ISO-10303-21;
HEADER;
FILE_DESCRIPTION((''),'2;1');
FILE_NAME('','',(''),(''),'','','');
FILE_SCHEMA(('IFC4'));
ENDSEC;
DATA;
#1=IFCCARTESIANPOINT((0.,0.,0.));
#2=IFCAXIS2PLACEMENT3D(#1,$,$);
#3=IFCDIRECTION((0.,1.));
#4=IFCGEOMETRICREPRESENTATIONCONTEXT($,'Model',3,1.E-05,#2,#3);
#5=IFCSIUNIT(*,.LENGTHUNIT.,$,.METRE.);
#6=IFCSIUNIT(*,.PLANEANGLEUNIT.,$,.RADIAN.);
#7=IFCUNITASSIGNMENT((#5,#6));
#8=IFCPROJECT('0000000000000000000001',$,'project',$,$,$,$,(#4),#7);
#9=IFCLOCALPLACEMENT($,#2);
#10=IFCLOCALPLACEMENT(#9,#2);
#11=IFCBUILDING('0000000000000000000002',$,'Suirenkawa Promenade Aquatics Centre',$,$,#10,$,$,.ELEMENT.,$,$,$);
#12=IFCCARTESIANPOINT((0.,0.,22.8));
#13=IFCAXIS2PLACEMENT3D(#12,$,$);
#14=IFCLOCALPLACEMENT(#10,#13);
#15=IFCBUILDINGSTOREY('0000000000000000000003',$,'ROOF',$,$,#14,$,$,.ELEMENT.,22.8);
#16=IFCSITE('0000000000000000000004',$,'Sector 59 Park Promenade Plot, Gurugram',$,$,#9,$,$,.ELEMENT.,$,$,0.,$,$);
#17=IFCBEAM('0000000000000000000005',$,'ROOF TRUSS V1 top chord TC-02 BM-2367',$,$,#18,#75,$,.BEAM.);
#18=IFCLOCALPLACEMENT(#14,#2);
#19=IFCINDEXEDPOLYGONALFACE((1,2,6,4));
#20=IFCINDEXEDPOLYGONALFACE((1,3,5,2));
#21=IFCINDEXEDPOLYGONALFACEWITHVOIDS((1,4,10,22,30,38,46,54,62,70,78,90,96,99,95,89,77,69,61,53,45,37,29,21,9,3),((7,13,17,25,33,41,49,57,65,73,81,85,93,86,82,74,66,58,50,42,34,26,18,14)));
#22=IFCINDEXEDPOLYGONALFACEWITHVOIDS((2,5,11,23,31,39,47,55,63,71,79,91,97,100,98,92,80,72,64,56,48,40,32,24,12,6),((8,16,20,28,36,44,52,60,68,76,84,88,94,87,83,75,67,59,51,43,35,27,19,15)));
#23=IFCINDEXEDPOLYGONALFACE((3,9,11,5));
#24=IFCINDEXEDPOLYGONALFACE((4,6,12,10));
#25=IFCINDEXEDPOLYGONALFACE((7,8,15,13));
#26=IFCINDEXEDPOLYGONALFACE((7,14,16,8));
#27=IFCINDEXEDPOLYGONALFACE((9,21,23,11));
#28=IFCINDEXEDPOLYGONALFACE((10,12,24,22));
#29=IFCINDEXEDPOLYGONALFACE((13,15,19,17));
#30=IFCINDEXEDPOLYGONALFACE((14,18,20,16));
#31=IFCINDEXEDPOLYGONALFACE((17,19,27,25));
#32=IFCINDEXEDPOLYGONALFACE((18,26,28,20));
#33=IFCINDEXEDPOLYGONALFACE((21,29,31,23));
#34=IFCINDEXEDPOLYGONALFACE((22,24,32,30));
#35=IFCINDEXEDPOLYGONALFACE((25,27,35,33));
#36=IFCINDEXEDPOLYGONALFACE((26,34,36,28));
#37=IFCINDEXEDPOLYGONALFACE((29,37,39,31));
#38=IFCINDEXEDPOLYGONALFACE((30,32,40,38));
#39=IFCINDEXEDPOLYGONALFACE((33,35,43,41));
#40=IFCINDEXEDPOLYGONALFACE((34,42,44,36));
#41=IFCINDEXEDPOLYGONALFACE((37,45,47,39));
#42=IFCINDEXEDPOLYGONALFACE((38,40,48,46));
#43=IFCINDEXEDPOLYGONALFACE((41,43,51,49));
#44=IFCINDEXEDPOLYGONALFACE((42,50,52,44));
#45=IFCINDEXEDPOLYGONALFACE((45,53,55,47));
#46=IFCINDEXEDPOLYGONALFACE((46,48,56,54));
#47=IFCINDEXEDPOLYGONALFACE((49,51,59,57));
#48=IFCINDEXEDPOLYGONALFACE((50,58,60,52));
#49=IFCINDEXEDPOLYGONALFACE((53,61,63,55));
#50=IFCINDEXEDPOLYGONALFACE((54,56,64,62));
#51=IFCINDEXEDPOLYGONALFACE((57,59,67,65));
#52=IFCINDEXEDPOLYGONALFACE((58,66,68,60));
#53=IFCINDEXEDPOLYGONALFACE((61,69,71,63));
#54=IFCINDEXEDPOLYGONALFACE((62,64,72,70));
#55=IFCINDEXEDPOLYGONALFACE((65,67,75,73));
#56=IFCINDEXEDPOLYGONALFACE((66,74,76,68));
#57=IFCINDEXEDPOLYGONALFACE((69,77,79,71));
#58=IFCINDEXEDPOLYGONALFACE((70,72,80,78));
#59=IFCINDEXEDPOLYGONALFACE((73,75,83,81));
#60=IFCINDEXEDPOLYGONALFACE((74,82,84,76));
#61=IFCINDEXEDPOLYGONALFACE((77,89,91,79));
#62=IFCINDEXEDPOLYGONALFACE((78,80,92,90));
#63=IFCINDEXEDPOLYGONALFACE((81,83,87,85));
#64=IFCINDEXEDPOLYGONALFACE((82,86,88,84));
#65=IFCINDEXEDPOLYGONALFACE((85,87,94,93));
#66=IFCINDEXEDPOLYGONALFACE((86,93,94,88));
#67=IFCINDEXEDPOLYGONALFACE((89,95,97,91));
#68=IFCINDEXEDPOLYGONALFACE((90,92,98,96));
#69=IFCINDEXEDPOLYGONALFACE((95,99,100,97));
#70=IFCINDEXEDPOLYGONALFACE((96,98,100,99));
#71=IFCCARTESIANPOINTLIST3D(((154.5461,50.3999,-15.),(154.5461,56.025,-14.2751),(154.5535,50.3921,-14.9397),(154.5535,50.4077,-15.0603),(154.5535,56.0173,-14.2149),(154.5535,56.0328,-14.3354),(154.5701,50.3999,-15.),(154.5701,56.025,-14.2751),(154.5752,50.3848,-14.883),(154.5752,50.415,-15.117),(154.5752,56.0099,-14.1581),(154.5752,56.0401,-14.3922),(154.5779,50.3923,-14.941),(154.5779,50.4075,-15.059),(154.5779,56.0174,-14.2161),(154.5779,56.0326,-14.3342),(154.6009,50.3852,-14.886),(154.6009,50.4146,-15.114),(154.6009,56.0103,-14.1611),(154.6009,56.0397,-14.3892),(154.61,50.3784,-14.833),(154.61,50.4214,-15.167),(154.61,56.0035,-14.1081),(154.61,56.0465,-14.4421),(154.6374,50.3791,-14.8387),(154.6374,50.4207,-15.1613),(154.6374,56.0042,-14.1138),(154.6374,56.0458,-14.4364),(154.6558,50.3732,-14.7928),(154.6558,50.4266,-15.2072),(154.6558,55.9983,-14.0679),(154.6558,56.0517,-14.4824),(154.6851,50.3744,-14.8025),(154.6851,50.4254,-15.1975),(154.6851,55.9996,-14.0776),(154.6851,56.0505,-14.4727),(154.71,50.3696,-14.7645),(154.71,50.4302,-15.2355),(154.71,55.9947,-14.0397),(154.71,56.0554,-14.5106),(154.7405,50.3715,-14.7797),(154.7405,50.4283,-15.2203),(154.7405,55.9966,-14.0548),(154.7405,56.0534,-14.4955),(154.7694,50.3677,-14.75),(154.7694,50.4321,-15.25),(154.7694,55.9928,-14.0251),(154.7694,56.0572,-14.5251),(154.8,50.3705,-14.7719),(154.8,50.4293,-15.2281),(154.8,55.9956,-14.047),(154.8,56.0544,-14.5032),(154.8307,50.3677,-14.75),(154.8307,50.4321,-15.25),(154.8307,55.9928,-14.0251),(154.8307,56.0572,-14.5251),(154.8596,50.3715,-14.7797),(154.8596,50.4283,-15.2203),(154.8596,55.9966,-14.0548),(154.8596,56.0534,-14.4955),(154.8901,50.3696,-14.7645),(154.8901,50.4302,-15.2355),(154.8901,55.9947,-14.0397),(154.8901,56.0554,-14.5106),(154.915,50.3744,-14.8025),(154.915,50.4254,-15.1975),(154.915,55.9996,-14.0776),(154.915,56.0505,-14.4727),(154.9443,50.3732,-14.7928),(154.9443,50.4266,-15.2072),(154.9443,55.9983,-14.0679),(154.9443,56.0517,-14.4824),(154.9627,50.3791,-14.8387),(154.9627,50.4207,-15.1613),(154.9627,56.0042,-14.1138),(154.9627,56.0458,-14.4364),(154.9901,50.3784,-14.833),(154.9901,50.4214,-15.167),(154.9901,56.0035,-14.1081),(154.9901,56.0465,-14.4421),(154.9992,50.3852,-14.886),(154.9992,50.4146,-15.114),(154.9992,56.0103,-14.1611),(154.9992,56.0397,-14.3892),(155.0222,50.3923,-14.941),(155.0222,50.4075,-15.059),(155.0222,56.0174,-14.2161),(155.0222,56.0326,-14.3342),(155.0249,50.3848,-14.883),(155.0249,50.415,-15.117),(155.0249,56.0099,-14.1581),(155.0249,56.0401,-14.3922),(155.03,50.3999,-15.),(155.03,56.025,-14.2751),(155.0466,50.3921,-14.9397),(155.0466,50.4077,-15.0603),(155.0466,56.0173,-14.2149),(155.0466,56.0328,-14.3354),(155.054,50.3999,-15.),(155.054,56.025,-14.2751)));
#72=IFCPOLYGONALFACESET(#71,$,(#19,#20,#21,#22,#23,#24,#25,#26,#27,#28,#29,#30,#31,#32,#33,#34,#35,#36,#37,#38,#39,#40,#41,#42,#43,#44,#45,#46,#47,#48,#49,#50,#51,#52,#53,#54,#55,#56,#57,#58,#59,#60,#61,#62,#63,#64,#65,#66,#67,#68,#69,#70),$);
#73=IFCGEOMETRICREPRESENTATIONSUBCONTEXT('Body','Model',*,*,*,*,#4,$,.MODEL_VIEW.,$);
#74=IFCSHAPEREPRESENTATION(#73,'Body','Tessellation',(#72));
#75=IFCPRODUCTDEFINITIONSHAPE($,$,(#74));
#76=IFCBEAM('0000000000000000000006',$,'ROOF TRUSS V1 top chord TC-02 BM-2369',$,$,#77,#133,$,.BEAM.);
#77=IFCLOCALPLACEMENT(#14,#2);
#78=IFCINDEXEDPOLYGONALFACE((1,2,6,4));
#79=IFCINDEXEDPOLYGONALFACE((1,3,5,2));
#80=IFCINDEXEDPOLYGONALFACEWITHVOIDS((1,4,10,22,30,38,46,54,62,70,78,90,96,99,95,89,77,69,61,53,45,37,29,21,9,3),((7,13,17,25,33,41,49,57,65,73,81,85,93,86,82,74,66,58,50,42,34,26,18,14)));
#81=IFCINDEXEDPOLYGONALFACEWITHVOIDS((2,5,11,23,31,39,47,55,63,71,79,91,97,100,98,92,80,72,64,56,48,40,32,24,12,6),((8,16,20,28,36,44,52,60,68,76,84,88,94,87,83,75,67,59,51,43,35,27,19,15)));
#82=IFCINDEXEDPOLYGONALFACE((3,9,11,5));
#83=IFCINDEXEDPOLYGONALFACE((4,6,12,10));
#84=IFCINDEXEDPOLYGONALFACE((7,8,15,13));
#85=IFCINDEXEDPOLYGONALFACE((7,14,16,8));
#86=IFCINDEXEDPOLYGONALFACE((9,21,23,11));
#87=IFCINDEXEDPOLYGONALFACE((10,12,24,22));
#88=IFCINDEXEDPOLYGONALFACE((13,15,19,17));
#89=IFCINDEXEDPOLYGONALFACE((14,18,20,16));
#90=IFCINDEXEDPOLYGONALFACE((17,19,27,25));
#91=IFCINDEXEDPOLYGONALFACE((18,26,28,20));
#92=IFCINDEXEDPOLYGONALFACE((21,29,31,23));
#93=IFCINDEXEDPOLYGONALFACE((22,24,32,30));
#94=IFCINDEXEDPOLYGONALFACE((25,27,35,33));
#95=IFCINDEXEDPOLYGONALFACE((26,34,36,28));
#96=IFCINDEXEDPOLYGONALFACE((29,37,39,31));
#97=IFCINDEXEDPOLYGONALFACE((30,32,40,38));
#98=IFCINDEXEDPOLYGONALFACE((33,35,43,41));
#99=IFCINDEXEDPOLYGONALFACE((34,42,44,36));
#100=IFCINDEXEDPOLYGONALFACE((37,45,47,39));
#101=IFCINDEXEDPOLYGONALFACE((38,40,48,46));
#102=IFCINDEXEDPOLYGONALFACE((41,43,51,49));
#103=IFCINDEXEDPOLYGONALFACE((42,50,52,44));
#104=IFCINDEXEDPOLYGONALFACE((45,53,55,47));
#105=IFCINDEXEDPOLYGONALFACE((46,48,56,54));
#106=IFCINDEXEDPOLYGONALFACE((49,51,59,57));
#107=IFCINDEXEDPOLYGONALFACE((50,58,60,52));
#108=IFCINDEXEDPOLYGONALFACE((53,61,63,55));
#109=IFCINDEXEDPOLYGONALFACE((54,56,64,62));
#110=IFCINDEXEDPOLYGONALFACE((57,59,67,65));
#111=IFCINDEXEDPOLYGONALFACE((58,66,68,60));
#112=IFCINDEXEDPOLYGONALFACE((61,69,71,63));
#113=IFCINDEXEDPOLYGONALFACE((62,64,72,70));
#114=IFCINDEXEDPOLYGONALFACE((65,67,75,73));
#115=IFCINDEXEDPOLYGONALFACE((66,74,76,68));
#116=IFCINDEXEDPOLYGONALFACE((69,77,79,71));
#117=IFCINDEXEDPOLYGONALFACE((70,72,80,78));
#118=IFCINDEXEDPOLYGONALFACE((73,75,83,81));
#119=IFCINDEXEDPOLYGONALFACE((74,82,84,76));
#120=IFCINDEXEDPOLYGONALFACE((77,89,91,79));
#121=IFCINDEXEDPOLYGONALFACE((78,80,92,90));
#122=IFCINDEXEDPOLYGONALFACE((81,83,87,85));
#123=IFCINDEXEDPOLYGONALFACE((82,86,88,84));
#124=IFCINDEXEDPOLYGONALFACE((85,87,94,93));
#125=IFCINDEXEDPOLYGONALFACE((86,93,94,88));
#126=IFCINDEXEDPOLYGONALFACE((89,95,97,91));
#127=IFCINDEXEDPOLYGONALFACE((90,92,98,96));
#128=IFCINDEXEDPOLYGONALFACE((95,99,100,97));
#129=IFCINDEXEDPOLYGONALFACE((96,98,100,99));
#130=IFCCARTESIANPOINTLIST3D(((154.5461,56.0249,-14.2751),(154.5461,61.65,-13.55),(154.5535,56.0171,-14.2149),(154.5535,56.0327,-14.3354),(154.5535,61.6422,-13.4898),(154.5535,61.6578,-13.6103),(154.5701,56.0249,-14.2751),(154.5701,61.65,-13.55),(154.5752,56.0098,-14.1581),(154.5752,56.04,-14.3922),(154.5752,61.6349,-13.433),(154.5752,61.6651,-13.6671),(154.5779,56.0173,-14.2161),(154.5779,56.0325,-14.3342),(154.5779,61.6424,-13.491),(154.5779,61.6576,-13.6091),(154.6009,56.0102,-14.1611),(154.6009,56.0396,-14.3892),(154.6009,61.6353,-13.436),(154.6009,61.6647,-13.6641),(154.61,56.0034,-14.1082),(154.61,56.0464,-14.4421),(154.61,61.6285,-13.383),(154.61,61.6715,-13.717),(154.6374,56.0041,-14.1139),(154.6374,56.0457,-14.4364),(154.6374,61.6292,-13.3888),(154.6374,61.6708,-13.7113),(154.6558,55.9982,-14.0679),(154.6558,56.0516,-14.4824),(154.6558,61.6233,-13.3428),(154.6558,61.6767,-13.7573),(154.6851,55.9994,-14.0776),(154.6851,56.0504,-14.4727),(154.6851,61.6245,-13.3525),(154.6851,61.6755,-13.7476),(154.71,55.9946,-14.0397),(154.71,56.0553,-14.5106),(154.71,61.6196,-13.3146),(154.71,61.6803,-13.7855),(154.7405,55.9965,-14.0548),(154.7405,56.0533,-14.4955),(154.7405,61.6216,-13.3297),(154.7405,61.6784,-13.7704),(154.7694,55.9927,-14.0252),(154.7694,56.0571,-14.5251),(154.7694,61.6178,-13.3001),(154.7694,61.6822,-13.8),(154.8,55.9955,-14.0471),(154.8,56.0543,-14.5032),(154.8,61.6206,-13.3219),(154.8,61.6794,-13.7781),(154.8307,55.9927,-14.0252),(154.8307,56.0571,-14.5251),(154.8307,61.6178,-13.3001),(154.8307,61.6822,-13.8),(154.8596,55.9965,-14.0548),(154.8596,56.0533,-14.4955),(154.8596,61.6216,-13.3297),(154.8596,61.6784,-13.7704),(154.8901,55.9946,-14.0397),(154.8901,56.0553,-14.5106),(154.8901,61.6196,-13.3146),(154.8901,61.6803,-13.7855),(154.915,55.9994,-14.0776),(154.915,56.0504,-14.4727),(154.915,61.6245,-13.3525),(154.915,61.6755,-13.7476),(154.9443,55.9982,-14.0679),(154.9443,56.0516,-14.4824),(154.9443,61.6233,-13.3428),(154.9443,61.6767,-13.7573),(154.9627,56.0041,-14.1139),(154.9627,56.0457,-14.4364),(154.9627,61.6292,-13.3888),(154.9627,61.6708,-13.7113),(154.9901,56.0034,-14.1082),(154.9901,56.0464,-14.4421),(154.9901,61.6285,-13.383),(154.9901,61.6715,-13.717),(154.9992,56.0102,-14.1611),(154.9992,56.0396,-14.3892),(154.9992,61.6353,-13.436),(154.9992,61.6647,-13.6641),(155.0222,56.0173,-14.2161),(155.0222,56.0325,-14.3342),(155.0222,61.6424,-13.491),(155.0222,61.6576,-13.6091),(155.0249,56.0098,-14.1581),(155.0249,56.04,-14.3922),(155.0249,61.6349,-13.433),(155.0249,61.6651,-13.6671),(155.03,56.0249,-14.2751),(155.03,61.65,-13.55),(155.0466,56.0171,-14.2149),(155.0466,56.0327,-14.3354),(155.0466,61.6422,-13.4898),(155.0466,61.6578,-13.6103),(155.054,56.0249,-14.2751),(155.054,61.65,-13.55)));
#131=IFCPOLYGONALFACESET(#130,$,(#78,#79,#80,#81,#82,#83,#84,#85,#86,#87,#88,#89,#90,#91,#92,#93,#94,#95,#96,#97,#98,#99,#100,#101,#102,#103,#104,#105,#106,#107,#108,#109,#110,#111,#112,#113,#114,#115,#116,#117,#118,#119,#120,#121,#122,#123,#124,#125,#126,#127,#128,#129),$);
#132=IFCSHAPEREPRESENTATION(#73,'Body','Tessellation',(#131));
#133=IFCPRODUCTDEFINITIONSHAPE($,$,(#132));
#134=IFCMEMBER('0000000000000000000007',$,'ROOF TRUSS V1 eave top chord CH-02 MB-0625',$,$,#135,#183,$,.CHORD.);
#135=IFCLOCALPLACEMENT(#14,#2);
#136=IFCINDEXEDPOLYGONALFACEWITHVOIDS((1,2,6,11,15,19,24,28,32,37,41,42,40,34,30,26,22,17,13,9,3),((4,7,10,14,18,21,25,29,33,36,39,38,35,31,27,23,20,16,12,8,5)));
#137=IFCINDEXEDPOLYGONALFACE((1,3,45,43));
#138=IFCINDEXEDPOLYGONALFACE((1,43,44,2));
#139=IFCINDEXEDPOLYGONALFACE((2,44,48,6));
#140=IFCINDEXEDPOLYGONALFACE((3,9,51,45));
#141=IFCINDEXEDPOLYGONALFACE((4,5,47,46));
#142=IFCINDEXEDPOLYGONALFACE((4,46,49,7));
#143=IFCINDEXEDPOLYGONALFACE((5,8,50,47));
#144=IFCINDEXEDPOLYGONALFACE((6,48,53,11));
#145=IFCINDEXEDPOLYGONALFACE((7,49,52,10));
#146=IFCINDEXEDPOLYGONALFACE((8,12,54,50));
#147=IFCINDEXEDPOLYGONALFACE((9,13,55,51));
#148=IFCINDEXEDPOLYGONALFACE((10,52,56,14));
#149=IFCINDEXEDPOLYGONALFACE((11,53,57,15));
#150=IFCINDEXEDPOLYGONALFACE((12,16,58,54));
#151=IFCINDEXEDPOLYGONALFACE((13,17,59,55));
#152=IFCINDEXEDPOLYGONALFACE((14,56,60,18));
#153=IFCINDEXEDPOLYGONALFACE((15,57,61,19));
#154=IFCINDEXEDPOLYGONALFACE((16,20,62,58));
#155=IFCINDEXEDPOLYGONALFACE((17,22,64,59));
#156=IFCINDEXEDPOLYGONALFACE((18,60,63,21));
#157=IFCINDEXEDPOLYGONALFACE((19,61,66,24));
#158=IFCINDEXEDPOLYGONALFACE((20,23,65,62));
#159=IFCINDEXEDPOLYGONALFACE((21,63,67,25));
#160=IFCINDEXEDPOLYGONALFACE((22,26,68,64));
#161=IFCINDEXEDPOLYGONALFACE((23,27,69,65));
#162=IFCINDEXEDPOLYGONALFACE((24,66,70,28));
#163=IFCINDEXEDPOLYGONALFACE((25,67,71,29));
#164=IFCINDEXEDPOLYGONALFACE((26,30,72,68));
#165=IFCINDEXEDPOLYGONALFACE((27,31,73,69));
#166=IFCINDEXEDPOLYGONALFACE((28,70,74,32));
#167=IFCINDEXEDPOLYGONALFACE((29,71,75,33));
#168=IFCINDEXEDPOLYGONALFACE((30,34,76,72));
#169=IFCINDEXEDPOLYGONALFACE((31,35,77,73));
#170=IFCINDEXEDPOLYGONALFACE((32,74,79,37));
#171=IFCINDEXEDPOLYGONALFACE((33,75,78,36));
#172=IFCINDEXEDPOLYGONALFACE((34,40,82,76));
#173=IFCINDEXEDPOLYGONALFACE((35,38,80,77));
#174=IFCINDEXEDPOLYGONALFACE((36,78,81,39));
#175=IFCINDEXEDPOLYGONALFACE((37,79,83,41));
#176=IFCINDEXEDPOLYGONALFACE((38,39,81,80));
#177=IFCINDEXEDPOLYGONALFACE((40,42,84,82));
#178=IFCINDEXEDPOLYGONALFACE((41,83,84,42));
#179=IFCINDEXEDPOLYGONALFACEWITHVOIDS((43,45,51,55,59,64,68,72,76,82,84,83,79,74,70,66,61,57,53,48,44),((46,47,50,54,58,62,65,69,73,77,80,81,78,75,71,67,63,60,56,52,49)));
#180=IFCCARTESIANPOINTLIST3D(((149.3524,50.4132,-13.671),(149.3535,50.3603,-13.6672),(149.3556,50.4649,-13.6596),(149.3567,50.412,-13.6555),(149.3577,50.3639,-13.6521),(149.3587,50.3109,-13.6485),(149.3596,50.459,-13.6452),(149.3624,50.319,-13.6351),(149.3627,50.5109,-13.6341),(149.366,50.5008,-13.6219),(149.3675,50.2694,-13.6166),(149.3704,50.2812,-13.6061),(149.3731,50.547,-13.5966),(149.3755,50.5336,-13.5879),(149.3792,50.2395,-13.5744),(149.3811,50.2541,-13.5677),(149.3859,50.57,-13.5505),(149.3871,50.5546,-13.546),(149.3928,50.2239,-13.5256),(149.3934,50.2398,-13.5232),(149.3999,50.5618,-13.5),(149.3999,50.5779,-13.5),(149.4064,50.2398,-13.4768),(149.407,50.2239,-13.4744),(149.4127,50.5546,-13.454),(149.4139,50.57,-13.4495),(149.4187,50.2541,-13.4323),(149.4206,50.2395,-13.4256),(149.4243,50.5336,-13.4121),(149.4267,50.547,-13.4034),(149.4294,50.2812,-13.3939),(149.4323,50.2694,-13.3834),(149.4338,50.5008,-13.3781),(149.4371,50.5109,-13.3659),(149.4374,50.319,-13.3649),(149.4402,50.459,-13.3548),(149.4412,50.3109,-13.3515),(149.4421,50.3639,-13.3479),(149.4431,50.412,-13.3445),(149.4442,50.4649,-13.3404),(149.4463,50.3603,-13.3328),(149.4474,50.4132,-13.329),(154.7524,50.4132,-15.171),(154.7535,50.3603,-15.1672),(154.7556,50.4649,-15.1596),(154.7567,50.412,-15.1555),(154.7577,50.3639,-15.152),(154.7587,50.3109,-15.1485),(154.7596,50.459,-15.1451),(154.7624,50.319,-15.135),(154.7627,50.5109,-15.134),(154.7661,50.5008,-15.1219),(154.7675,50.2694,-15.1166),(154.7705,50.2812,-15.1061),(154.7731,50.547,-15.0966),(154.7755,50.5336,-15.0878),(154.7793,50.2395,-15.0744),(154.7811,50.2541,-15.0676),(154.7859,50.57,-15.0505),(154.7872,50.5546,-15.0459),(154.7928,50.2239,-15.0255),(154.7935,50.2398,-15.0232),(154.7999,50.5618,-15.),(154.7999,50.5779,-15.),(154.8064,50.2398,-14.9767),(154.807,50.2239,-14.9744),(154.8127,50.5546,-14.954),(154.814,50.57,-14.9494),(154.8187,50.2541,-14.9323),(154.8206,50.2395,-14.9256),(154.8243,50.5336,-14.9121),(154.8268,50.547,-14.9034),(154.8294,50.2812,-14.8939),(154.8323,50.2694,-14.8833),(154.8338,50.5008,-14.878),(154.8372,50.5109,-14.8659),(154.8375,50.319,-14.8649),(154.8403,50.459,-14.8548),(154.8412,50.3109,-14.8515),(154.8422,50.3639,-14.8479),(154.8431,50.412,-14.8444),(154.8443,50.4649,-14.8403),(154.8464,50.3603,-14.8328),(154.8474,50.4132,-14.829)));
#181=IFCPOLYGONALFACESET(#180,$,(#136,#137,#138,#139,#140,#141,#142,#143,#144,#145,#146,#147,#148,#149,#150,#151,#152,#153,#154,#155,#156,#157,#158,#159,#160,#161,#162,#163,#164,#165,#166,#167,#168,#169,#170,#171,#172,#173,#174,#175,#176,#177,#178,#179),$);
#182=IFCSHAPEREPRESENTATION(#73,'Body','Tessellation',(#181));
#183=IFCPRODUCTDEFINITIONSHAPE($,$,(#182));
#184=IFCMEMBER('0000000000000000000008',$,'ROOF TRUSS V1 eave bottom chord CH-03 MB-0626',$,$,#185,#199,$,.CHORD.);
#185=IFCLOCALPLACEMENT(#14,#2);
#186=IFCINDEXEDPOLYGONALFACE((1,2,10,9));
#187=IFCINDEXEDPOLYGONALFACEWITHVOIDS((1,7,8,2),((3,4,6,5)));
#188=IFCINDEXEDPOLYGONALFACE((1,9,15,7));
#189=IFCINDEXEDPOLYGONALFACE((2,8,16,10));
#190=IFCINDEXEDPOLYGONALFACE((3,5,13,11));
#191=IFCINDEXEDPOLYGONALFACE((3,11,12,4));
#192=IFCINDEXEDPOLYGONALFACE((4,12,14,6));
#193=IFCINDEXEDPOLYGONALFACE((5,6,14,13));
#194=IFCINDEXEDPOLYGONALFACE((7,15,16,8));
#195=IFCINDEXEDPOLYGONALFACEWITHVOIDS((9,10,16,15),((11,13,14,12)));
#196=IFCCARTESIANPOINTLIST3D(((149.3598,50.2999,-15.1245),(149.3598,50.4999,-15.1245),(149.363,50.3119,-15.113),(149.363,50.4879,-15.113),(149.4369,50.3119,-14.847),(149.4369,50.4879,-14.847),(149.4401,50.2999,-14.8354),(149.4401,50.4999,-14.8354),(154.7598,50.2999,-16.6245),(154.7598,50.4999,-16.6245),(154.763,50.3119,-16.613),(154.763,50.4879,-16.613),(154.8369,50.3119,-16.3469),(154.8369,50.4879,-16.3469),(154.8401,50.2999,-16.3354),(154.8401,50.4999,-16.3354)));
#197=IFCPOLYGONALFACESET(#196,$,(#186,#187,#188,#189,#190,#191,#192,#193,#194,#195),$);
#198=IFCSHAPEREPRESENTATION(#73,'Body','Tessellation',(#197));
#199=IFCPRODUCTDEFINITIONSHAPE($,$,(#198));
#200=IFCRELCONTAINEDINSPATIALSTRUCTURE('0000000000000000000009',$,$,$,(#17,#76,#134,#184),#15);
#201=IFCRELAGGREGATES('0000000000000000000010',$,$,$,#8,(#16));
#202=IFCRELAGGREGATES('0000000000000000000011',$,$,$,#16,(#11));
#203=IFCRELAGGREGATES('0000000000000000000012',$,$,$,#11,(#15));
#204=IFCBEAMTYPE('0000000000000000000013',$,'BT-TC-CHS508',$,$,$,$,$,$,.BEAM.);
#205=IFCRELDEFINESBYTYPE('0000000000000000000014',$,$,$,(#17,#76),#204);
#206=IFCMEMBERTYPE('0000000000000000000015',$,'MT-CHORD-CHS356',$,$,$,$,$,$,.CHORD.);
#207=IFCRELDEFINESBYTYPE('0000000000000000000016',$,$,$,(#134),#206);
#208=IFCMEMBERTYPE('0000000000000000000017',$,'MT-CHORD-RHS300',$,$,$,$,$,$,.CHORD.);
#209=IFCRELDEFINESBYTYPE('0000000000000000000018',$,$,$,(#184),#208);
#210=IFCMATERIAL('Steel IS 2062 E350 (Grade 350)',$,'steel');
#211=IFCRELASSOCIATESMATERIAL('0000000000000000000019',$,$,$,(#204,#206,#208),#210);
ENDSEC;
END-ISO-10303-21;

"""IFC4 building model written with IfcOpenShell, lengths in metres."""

from ifc_helpers import new_model, si_unit, direction, frame, origin, origin_2d, place, context, subcontext, project, spatial, hollow_rectangle, hollow_circle, extrude, material, material_profile, profile_set, type_object, element, save


model = new_model("IFC4")

# Units and contexts
model_context = context("Model", 3, precision=1e-05, world=origin(), true_north=direction((0.0, 1.0)))
body_context = subcontext(model_context, "Body", "Model", "MODEL_VIEW")
ifc_project = project(units=[si_unit("LENGTHUNIT", "METRE"), si_unit("PLANEANGLEUNIT", "RADIAN")], contexts=[model_context])

# Site, building, storey
site_placement = place(None, origin())
site = spatial("IfcSite", under=ifc_project, at=site_placement, Name="Sector 59 Park Promenade Plot, Gurugram", CompositionType="ELEMENT", RefElevation=0.0)
building_placement = place(site_placement, origin())
building = spatial("IfcBuilding", under=site, at=building_placement, Name="Suirenkawa Promenade Aquatics Centre", CompositionType="ELEMENT")
storey_placement = place(building_placement, frame((0.0, 0.0, 22.8)))
storey = spatial("IfcBuildingStorey", under=building, at=storey_placement, Name="ROOF", CompositionType="ELEMENT", Elevation=22.8)

# Beams
ifc_material_1 = material(Name="Steel IS 2062 E350 (Grade 350)", Category="steel")
ifc_material_profile_1 = material_profile(ifc_material_1, hollow_circle(Radius=0.2539, WallThickness=0.0239, at=origin_2d()), Name="CHS 508x24", Category="steel")
ifc_profile_set_1 = profile_set([ifc_material_profile_1], Name="Steel IS 2062 E350 (Grade 350)")
beam_type_1 = type_object("IfcBeamType", Name="BT-TC-CHS508", PredefinedType="BEAM", material=ifc_profile_set_1)
for number, where, z_axis, x_axis, name in (
    (1, (154.8, 50.3999, -15.0), (0.0, 0.991799, 0.127806), (-1.0, 0.0, 0.0), "ROOF TRUSS V1 top chord TC-02 BM-2367"),
    (2, (154.8, 56.0249, -14.2751), (0.0, 0.991794, 0.127848), (-1.0, 0.0, 0.0), "ROOF TRUSS V1 top chord TC-02 BM-2369"),
):
    element("IfcBeam", number, at=place(storey_placement, frame(where, z_axis=z_axis, x_axis=x_axis)), inside=storey, type_object=beam_type_1, Name=name, PredefinedType="BEAM", context=body_context, shape_type="SweptSolid", body=[
        extrude(hollow_circle(Radius=0.2539, WallThickness=0.0239, at=origin_2d()), origin(), (0.0, 0.0, 1.0), 5.6716),
    ])

# Members
ifc_material_profile_2 = material_profile(ifc_material_1, hollow_circle(Radius=0.178, WallThickness=0.0161, at=origin_2d()), Name="CHS 356x16", Category="steel")
ifc_profile_set_2 = profile_set([ifc_material_profile_2], Name="Steel IS 2062 E350 (Grade 350)")
member_type_1 = type_object("IfcMemberType", Name="MT-CHORD-CHS356", PredefinedType="CHORD", material=ifc_profile_set_2)
member_1_placement = place(storey_placement, frame((149.3999, 50.3999, -13.5), z_axis=(0.96352, 0.0, -0.267637), x_axis=(0.0, 1.0, 0.0)))
element("IfcMember", 3, at=member_1_placement, inside=storey, type_object=member_type_1, Name="ROOF TRUSS V1 eave top chord CH-02 MB-0625", PredefinedType="CHORD", context=body_context, shape_type="SweptSolid", body=[
    extrude(hollow_circle(Radius=0.178, WallThickness=0.0161, at=origin_2d()), origin(), (0.0, 0.0, 1.0), 5.6045),
])
ifc_material_profile_3 = material_profile(ifc_material_1, hollow_rectangle(XDim=0.2, YDim=0.3, WallThickness=0.012, at=origin_2d()), Name="RHS 300x200x12", Category="steel")
ifc_profile_set_3 = profile_set([ifc_material_profile_3], Name="Steel IS 2062 E350 (Grade 350)")
member_type_2 = type_object("IfcMemberType", Name="MT-CHORD-RHS300", PredefinedType="CHORD", material=ifc_profile_set_3)
member_2_placement = place(storey_placement, frame((149.3999, 50.3999, -14.98), z_axis=(0.96352, 0.0, -0.267637), x_axis=(0.0, 1.0, 0.0)))
element("IfcMember", 4, at=member_2_placement, inside=storey, type_object=member_type_2, Name="ROOF TRUSS V1 eave bottom chord CH-03 MB-0626", PredefinedType="CHORD", context=body_context, shape_type="SweptSolid", body=[
    extrude(hollow_rectangle(XDim=0.2, YDim=0.3, WallThickness=0.012, at=origin_2d()), origin(), (0.0, 0.0, 1.0), 5.6045),
])

save(model, "model.ifc")
